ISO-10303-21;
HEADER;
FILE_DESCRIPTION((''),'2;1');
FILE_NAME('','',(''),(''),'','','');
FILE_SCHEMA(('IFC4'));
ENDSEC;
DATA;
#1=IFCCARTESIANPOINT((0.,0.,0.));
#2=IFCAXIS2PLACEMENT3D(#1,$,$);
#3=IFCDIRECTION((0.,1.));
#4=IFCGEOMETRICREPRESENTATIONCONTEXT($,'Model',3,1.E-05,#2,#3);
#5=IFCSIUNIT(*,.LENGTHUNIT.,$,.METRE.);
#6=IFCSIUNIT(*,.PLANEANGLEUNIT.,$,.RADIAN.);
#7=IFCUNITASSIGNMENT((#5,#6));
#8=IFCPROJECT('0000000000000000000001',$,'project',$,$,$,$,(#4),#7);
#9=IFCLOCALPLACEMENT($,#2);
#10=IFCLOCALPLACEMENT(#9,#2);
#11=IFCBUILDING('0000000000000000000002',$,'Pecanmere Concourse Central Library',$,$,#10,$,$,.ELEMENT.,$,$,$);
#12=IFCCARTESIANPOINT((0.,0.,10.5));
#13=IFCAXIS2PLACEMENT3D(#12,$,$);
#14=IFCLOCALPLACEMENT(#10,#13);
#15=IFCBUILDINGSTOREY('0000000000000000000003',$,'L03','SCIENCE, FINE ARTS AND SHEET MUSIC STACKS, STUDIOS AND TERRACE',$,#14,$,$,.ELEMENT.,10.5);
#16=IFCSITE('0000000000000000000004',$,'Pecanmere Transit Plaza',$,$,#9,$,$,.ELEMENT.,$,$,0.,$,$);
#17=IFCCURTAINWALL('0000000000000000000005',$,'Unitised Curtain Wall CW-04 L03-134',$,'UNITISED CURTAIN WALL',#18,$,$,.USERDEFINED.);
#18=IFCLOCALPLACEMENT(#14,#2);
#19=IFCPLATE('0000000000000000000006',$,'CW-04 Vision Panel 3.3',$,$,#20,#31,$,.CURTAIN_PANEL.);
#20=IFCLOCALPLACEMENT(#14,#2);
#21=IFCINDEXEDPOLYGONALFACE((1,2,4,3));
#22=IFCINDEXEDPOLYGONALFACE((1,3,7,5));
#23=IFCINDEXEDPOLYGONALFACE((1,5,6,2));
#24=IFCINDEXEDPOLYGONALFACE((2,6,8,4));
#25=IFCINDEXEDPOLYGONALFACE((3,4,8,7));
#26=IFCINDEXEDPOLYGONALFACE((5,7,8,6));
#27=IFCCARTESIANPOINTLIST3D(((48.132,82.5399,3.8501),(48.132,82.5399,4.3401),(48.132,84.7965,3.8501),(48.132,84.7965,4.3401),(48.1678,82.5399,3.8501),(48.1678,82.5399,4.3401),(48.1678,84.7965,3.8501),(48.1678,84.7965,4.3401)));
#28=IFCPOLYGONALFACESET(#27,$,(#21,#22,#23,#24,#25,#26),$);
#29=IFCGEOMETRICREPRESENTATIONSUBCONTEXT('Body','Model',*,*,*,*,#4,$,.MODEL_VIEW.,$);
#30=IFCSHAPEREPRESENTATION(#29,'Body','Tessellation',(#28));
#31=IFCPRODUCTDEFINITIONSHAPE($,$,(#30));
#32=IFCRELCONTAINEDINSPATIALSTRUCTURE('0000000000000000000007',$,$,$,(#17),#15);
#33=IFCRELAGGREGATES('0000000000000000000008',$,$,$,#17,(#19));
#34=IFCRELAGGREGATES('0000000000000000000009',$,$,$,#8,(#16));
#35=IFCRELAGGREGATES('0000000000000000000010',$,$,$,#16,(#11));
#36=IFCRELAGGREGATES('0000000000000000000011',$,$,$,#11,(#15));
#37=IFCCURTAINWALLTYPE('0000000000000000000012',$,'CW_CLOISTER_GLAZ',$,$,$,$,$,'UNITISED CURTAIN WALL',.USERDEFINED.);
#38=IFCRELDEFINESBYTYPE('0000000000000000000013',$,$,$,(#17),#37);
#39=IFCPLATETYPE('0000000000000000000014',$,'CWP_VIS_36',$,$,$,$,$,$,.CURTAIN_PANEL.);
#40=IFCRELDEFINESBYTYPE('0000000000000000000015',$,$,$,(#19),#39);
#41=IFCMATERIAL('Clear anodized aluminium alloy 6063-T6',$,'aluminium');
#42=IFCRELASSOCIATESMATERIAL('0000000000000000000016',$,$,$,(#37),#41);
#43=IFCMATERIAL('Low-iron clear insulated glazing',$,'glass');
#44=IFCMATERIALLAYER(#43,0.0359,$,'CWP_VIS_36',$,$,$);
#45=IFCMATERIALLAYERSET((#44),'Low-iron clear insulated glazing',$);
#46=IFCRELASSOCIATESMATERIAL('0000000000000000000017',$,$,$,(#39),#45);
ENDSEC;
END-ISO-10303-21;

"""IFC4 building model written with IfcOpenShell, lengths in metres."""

from ifc_helpers import new_model, si_unit, direction, frame, origin, origin_2d, place, context, subcontext, project, spatial, rectangle, extrude, material, layer, layer_set, type_object, element, aggregate, save


model = new_model("IFC4")

# Units and contexts
model_context = context("Model", 3, precision=1e-05, world=origin(), true_north=direction((0.0, 1.0)))
body_context = subcontext(model_context, "Body", "Model", "MODEL_VIEW")
ifc_project = project(units=[si_unit("LENGTHUNIT", "METRE"), si_unit("PLANEANGLEUNIT", "RADIAN")], contexts=[model_context])

# Site, building, storey
site_placement = place(None, origin())
site = spatial("IfcSite", under=ifc_project, at=site_placement, Name="Pecanmere Transit Plaza", CompositionType="ELEMENT", RefElevation=0.0)
building_placement = place(site_placement, origin())
building = spatial("IfcBuilding", under=site, at=building_placement, Name="Pecanmere Concourse Central Library", CompositionType="ELEMENT")
storey_placement = place(building_placement, frame((0.0, 0.0, 10.5)))
storey = spatial("IfcBuildingStorey", under=building, at=storey_placement, Name="L03", Description="SCIENCE, FINE ARTS AND SHEET MUSIC STACKS, STUDIOS AND TERRACE", CompositionType="ELEMENT", Elevation=10.5)

# Shared definitions
ifc_material_1 = material(Name="Clear anodized aluminium alloy 6063-T6", Category="aluminium")
curtain_wall_type = type_object("IfcCurtainWallType", Name="CW_CLOISTER_GLAZ", ElementType="UNITISED CURTAIN WALL", PredefinedType="USERDEFINED", material=ifc_material_1)

# Curtain wall
curtain_wall_1_placement = place(storey_placement, origin())
curtain_wall_1 = element("IfcCurtainWall", 1, at=curtain_wall_1_placement, inside=storey, type_object=curtain_wall_type, Name="Unitised Curtain Wall CW-04 L03-134", ObjectType="UNITISED CURTAIN WALL", PredefinedType="USERDEFINED")

# Plate
ifc_material_2 = material(Name="Low-iron clear insulated glazing", Category="glass")
ifc_layer_1 = layer(ifc_material_2, 0.0359, Name="CWP_VIS_36")
ifc_layer_set_1 = layer_set([ifc_layer_1], Name="Low-iron clear insulated glazing")
plate_type_1 = type_object("IfcPlateType", Name="CWP_VIS_36", PredefinedType="CURTAIN_PANEL", material=ifc_layer_set_1)
plate_1_placement = place(storey_placement, frame((48.1499, 83.6682, 3.8501), z_axis=(0.0, 0.0, 1.0), x_axis=(0.0, -1.0, 0.0)))
plate_1 = element("IfcPlate", 2, at=plate_1_placement, type_object=plate_type_1, Name="CW-04 Vision Panel 3.3", PredefinedType="CURTAIN_PANEL", context=body_context, shape_type="SweptSolid", body=[
    extrude(rectangle(XDim=2.2566, YDim=0.0359, at=origin_2d()), origin(), (0.0, 0.0, 1.0), 0.49),
])
aggregate(curtain_wall_1, [plate_1])

save(model, "model.ifc")
